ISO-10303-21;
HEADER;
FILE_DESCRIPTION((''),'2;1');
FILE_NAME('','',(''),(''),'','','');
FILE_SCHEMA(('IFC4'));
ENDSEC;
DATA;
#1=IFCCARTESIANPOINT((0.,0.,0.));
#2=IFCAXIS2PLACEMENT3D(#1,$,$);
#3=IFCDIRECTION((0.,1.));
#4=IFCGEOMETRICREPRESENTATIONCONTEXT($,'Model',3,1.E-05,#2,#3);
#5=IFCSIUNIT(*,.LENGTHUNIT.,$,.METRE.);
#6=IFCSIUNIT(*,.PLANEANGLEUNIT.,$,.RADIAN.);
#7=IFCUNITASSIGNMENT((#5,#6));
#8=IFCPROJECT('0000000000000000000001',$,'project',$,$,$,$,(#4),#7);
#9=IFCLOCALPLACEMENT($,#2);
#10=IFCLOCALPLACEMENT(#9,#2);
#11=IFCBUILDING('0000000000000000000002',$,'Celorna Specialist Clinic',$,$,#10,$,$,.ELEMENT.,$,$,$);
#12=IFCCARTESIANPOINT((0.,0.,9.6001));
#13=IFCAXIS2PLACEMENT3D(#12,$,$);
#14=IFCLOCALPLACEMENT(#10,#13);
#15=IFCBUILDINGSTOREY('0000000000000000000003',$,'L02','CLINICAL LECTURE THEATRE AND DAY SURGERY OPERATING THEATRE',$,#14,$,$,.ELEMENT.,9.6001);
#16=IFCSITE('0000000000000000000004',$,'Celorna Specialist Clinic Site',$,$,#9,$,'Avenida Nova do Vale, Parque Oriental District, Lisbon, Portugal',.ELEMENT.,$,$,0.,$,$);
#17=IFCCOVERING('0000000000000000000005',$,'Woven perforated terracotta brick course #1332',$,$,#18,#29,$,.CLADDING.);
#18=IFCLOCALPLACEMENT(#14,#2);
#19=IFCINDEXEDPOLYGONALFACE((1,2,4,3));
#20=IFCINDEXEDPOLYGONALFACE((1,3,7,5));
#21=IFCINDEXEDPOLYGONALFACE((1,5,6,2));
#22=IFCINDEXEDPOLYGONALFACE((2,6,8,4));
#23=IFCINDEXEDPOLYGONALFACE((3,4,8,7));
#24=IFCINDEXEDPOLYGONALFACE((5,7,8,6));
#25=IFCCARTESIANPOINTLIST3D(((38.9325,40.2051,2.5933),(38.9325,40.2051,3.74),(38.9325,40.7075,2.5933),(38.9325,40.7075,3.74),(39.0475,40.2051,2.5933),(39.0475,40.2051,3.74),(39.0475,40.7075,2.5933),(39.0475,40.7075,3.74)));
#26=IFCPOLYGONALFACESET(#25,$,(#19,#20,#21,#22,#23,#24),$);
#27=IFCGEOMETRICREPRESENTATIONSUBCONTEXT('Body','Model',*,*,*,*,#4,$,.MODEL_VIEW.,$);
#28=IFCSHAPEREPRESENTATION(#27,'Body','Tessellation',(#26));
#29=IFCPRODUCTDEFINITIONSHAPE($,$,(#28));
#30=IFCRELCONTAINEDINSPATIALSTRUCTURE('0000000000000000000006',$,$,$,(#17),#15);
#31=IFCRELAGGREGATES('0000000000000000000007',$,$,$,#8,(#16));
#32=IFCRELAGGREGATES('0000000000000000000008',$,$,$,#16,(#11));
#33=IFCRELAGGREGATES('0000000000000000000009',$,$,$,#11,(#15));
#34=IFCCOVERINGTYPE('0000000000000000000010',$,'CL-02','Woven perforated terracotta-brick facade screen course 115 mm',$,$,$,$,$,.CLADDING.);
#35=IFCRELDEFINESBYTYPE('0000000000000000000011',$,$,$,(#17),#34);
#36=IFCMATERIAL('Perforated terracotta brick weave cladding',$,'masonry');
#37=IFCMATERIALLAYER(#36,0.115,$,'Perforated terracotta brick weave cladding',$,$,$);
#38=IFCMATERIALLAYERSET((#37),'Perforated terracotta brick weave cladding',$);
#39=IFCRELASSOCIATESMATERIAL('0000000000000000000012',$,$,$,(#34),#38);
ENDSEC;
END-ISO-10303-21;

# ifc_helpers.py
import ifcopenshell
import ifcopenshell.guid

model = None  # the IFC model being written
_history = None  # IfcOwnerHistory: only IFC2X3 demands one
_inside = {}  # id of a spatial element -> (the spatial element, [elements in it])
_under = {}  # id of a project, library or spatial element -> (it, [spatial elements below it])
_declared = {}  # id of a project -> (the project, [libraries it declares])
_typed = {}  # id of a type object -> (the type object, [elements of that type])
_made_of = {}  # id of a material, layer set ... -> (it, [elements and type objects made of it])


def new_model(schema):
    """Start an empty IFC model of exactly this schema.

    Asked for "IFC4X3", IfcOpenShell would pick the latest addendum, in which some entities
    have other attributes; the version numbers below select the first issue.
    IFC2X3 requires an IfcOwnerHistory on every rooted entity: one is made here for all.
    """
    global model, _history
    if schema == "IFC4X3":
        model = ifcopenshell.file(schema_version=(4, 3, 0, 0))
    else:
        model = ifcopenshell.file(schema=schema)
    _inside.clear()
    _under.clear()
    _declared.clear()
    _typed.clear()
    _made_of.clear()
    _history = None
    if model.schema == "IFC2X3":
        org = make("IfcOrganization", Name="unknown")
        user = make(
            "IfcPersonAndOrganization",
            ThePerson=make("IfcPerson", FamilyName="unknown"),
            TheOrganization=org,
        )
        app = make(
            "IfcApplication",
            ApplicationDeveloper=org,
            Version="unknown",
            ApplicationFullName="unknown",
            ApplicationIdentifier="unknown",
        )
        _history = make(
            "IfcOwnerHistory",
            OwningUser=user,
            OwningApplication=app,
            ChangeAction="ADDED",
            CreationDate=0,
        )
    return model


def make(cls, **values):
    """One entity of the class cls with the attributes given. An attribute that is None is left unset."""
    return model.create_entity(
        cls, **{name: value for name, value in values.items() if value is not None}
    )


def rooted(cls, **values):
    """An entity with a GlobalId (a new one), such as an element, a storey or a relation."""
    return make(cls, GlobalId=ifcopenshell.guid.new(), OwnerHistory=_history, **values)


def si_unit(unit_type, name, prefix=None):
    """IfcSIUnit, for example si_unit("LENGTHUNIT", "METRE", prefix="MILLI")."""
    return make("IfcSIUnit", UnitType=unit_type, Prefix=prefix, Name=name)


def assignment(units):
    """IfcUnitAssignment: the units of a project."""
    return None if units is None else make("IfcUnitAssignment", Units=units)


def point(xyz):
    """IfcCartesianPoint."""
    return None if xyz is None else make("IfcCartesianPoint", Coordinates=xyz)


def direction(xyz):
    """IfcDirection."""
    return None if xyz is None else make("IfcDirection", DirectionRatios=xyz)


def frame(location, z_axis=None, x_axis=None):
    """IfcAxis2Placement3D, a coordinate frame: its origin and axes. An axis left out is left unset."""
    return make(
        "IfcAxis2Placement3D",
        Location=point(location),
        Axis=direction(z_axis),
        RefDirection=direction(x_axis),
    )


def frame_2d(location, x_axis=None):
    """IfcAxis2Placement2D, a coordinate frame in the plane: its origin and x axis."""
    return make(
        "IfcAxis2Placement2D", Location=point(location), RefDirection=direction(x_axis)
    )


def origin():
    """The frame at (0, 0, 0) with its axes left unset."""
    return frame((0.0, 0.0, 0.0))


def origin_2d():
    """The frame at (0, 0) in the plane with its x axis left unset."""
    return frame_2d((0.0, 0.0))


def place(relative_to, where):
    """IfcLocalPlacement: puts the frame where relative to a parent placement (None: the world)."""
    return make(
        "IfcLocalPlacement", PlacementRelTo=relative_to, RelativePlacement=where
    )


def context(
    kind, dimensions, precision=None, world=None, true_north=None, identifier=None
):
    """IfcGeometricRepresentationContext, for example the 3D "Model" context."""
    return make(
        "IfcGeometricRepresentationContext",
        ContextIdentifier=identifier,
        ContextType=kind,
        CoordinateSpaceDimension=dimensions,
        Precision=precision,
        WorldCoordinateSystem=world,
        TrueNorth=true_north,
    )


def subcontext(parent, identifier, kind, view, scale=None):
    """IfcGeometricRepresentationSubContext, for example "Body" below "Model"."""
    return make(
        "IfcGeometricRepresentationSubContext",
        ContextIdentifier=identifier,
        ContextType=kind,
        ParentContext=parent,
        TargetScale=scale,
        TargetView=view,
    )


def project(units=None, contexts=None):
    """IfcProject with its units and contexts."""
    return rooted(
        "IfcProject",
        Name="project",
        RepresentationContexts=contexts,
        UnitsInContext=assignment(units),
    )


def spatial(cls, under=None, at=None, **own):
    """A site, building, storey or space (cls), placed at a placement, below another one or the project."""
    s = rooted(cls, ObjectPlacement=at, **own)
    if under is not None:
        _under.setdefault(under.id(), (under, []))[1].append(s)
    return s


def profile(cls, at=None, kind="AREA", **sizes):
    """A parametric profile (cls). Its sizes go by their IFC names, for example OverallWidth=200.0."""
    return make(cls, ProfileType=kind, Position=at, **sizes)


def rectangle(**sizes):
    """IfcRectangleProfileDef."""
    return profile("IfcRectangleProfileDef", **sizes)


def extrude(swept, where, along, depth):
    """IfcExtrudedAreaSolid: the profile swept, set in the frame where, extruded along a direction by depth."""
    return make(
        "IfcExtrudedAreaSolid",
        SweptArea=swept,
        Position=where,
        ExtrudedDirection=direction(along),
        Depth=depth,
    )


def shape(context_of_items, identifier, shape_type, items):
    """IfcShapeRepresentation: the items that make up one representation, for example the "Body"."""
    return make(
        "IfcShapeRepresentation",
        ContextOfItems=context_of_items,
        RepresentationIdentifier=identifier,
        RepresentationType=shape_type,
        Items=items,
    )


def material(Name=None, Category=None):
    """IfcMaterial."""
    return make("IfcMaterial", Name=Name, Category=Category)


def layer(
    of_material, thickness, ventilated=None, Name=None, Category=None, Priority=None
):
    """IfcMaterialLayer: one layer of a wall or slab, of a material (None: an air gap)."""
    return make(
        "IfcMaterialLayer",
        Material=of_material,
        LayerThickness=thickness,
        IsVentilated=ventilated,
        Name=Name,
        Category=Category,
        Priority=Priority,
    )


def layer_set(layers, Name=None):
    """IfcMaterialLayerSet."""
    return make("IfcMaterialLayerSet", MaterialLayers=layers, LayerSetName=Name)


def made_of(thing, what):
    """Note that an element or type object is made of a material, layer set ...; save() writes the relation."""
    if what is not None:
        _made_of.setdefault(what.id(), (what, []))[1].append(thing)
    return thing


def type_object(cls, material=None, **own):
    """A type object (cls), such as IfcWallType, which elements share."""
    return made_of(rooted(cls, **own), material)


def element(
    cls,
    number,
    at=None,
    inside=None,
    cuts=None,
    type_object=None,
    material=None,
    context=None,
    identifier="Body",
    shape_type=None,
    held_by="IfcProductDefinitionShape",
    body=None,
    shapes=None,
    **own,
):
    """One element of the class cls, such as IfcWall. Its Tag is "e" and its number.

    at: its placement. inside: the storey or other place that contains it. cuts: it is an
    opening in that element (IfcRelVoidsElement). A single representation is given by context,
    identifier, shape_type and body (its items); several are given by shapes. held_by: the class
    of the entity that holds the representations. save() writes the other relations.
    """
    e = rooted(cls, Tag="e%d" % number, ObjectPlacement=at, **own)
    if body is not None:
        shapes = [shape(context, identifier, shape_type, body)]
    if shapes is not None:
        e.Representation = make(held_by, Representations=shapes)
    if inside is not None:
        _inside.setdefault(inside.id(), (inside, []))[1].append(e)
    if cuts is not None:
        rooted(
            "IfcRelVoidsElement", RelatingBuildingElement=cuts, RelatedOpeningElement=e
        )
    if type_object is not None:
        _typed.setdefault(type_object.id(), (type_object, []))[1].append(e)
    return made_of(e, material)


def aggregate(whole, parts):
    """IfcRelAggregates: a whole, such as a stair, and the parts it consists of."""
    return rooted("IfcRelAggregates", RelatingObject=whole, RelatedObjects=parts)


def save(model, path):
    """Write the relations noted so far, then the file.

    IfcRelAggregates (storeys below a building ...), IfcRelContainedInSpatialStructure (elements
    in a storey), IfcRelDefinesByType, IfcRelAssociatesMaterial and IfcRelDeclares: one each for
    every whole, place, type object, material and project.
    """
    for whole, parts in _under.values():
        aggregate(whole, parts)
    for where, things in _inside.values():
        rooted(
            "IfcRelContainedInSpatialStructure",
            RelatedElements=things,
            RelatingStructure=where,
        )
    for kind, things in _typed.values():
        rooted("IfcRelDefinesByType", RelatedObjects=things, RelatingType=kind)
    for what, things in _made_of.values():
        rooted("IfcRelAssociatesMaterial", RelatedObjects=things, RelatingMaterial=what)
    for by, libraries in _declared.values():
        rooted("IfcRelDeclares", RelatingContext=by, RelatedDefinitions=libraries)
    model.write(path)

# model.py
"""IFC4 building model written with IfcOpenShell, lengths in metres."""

from ifc_helpers import new_model, si_unit, direction, frame, origin, origin_2d, place, context, subcontext, project, spatial, rectangle, extrude, material, layer, layer_set, type_object, element, save


model = new_model("IFC4")

# Units and contexts
model_context = context("Model", 3, precision=1e-05, world=origin(), true_north=direction((0.0, 1.0)))
body_context = subcontext(model_context, "Body", "Model", "MODEL_VIEW")
ifc_project = project(units=[si_unit("LENGTHUNIT", "METRE"), si_unit("PLANEANGLEUNIT", "RADIAN")], contexts=[model_context])

# Site, building, storey
site_placement = place(None, origin())
site = spatial("IfcSite", under=ifc_project, at=site_placement, Name="Celorna Specialist Clinic Site", LongName="Avenida Nova do Vale, Parque Oriental District, Lisbon, Portugal", CompositionType="ELEMENT", RefElevation=0.0)
building_placement = place(site_placement, origin())
building = spatial("IfcBuilding", under=site, at=building_placement, Name="Celorna Specialist Clinic", CompositionType="ELEMENT")
storey_placement = place(building_placement, frame((0.0, 0.0, 9.6001)))
storey = spatial("IfcBuildingStorey", under=building, at=storey_placement, Name="L02", Description="CLINICAL LECTURE THEATRE AND DAY SURGERY OPERATING THEATRE", CompositionType="ELEMENT", Elevation=9.6001)

# Covering
ifc_material_1 = material(Name="Perforated terracotta brick weave cladding", Category="masonry")
ifc_layer_1 = layer(ifc_material_1, 0.115, Name="Perforated terracotta brick weave cladding")
ifc_layer_set_1 = layer_set([ifc_layer_1], Name="Perforated terracotta brick weave cladding")
covering_type_1 = type_object("IfcCoveringType", Name="CL-02", Description="Woven perforated terracotta-brick facade screen course 115 mm", PredefinedType="CLADDING", material=ifc_layer_set_1)
for number, where, z_axis, x_axis, name in (
    (1, (38.99, 40.4563, 2.5933), (0.0, 0.0, 1.0), (0.0, 1.0, 0.0), "Woven perforated terracotta brick course #1332"),
):
    element("IfcCovering", number, at=place(storey_placement, frame(where, z_axis=z_axis, x_axis=x_axis)), inside=storey, type_object=covering_type_1, Name=name, PredefinedType="CLADDING", context=body_context, shape_type="SweptSolid", body=[
        extrude(rectangle(XDim=0.5024, YDim=0.115, at=origin_2d()), origin(), (0.0, 0.0, 1.0), 1.1467),
    ])

save(model, "model.ifc")
